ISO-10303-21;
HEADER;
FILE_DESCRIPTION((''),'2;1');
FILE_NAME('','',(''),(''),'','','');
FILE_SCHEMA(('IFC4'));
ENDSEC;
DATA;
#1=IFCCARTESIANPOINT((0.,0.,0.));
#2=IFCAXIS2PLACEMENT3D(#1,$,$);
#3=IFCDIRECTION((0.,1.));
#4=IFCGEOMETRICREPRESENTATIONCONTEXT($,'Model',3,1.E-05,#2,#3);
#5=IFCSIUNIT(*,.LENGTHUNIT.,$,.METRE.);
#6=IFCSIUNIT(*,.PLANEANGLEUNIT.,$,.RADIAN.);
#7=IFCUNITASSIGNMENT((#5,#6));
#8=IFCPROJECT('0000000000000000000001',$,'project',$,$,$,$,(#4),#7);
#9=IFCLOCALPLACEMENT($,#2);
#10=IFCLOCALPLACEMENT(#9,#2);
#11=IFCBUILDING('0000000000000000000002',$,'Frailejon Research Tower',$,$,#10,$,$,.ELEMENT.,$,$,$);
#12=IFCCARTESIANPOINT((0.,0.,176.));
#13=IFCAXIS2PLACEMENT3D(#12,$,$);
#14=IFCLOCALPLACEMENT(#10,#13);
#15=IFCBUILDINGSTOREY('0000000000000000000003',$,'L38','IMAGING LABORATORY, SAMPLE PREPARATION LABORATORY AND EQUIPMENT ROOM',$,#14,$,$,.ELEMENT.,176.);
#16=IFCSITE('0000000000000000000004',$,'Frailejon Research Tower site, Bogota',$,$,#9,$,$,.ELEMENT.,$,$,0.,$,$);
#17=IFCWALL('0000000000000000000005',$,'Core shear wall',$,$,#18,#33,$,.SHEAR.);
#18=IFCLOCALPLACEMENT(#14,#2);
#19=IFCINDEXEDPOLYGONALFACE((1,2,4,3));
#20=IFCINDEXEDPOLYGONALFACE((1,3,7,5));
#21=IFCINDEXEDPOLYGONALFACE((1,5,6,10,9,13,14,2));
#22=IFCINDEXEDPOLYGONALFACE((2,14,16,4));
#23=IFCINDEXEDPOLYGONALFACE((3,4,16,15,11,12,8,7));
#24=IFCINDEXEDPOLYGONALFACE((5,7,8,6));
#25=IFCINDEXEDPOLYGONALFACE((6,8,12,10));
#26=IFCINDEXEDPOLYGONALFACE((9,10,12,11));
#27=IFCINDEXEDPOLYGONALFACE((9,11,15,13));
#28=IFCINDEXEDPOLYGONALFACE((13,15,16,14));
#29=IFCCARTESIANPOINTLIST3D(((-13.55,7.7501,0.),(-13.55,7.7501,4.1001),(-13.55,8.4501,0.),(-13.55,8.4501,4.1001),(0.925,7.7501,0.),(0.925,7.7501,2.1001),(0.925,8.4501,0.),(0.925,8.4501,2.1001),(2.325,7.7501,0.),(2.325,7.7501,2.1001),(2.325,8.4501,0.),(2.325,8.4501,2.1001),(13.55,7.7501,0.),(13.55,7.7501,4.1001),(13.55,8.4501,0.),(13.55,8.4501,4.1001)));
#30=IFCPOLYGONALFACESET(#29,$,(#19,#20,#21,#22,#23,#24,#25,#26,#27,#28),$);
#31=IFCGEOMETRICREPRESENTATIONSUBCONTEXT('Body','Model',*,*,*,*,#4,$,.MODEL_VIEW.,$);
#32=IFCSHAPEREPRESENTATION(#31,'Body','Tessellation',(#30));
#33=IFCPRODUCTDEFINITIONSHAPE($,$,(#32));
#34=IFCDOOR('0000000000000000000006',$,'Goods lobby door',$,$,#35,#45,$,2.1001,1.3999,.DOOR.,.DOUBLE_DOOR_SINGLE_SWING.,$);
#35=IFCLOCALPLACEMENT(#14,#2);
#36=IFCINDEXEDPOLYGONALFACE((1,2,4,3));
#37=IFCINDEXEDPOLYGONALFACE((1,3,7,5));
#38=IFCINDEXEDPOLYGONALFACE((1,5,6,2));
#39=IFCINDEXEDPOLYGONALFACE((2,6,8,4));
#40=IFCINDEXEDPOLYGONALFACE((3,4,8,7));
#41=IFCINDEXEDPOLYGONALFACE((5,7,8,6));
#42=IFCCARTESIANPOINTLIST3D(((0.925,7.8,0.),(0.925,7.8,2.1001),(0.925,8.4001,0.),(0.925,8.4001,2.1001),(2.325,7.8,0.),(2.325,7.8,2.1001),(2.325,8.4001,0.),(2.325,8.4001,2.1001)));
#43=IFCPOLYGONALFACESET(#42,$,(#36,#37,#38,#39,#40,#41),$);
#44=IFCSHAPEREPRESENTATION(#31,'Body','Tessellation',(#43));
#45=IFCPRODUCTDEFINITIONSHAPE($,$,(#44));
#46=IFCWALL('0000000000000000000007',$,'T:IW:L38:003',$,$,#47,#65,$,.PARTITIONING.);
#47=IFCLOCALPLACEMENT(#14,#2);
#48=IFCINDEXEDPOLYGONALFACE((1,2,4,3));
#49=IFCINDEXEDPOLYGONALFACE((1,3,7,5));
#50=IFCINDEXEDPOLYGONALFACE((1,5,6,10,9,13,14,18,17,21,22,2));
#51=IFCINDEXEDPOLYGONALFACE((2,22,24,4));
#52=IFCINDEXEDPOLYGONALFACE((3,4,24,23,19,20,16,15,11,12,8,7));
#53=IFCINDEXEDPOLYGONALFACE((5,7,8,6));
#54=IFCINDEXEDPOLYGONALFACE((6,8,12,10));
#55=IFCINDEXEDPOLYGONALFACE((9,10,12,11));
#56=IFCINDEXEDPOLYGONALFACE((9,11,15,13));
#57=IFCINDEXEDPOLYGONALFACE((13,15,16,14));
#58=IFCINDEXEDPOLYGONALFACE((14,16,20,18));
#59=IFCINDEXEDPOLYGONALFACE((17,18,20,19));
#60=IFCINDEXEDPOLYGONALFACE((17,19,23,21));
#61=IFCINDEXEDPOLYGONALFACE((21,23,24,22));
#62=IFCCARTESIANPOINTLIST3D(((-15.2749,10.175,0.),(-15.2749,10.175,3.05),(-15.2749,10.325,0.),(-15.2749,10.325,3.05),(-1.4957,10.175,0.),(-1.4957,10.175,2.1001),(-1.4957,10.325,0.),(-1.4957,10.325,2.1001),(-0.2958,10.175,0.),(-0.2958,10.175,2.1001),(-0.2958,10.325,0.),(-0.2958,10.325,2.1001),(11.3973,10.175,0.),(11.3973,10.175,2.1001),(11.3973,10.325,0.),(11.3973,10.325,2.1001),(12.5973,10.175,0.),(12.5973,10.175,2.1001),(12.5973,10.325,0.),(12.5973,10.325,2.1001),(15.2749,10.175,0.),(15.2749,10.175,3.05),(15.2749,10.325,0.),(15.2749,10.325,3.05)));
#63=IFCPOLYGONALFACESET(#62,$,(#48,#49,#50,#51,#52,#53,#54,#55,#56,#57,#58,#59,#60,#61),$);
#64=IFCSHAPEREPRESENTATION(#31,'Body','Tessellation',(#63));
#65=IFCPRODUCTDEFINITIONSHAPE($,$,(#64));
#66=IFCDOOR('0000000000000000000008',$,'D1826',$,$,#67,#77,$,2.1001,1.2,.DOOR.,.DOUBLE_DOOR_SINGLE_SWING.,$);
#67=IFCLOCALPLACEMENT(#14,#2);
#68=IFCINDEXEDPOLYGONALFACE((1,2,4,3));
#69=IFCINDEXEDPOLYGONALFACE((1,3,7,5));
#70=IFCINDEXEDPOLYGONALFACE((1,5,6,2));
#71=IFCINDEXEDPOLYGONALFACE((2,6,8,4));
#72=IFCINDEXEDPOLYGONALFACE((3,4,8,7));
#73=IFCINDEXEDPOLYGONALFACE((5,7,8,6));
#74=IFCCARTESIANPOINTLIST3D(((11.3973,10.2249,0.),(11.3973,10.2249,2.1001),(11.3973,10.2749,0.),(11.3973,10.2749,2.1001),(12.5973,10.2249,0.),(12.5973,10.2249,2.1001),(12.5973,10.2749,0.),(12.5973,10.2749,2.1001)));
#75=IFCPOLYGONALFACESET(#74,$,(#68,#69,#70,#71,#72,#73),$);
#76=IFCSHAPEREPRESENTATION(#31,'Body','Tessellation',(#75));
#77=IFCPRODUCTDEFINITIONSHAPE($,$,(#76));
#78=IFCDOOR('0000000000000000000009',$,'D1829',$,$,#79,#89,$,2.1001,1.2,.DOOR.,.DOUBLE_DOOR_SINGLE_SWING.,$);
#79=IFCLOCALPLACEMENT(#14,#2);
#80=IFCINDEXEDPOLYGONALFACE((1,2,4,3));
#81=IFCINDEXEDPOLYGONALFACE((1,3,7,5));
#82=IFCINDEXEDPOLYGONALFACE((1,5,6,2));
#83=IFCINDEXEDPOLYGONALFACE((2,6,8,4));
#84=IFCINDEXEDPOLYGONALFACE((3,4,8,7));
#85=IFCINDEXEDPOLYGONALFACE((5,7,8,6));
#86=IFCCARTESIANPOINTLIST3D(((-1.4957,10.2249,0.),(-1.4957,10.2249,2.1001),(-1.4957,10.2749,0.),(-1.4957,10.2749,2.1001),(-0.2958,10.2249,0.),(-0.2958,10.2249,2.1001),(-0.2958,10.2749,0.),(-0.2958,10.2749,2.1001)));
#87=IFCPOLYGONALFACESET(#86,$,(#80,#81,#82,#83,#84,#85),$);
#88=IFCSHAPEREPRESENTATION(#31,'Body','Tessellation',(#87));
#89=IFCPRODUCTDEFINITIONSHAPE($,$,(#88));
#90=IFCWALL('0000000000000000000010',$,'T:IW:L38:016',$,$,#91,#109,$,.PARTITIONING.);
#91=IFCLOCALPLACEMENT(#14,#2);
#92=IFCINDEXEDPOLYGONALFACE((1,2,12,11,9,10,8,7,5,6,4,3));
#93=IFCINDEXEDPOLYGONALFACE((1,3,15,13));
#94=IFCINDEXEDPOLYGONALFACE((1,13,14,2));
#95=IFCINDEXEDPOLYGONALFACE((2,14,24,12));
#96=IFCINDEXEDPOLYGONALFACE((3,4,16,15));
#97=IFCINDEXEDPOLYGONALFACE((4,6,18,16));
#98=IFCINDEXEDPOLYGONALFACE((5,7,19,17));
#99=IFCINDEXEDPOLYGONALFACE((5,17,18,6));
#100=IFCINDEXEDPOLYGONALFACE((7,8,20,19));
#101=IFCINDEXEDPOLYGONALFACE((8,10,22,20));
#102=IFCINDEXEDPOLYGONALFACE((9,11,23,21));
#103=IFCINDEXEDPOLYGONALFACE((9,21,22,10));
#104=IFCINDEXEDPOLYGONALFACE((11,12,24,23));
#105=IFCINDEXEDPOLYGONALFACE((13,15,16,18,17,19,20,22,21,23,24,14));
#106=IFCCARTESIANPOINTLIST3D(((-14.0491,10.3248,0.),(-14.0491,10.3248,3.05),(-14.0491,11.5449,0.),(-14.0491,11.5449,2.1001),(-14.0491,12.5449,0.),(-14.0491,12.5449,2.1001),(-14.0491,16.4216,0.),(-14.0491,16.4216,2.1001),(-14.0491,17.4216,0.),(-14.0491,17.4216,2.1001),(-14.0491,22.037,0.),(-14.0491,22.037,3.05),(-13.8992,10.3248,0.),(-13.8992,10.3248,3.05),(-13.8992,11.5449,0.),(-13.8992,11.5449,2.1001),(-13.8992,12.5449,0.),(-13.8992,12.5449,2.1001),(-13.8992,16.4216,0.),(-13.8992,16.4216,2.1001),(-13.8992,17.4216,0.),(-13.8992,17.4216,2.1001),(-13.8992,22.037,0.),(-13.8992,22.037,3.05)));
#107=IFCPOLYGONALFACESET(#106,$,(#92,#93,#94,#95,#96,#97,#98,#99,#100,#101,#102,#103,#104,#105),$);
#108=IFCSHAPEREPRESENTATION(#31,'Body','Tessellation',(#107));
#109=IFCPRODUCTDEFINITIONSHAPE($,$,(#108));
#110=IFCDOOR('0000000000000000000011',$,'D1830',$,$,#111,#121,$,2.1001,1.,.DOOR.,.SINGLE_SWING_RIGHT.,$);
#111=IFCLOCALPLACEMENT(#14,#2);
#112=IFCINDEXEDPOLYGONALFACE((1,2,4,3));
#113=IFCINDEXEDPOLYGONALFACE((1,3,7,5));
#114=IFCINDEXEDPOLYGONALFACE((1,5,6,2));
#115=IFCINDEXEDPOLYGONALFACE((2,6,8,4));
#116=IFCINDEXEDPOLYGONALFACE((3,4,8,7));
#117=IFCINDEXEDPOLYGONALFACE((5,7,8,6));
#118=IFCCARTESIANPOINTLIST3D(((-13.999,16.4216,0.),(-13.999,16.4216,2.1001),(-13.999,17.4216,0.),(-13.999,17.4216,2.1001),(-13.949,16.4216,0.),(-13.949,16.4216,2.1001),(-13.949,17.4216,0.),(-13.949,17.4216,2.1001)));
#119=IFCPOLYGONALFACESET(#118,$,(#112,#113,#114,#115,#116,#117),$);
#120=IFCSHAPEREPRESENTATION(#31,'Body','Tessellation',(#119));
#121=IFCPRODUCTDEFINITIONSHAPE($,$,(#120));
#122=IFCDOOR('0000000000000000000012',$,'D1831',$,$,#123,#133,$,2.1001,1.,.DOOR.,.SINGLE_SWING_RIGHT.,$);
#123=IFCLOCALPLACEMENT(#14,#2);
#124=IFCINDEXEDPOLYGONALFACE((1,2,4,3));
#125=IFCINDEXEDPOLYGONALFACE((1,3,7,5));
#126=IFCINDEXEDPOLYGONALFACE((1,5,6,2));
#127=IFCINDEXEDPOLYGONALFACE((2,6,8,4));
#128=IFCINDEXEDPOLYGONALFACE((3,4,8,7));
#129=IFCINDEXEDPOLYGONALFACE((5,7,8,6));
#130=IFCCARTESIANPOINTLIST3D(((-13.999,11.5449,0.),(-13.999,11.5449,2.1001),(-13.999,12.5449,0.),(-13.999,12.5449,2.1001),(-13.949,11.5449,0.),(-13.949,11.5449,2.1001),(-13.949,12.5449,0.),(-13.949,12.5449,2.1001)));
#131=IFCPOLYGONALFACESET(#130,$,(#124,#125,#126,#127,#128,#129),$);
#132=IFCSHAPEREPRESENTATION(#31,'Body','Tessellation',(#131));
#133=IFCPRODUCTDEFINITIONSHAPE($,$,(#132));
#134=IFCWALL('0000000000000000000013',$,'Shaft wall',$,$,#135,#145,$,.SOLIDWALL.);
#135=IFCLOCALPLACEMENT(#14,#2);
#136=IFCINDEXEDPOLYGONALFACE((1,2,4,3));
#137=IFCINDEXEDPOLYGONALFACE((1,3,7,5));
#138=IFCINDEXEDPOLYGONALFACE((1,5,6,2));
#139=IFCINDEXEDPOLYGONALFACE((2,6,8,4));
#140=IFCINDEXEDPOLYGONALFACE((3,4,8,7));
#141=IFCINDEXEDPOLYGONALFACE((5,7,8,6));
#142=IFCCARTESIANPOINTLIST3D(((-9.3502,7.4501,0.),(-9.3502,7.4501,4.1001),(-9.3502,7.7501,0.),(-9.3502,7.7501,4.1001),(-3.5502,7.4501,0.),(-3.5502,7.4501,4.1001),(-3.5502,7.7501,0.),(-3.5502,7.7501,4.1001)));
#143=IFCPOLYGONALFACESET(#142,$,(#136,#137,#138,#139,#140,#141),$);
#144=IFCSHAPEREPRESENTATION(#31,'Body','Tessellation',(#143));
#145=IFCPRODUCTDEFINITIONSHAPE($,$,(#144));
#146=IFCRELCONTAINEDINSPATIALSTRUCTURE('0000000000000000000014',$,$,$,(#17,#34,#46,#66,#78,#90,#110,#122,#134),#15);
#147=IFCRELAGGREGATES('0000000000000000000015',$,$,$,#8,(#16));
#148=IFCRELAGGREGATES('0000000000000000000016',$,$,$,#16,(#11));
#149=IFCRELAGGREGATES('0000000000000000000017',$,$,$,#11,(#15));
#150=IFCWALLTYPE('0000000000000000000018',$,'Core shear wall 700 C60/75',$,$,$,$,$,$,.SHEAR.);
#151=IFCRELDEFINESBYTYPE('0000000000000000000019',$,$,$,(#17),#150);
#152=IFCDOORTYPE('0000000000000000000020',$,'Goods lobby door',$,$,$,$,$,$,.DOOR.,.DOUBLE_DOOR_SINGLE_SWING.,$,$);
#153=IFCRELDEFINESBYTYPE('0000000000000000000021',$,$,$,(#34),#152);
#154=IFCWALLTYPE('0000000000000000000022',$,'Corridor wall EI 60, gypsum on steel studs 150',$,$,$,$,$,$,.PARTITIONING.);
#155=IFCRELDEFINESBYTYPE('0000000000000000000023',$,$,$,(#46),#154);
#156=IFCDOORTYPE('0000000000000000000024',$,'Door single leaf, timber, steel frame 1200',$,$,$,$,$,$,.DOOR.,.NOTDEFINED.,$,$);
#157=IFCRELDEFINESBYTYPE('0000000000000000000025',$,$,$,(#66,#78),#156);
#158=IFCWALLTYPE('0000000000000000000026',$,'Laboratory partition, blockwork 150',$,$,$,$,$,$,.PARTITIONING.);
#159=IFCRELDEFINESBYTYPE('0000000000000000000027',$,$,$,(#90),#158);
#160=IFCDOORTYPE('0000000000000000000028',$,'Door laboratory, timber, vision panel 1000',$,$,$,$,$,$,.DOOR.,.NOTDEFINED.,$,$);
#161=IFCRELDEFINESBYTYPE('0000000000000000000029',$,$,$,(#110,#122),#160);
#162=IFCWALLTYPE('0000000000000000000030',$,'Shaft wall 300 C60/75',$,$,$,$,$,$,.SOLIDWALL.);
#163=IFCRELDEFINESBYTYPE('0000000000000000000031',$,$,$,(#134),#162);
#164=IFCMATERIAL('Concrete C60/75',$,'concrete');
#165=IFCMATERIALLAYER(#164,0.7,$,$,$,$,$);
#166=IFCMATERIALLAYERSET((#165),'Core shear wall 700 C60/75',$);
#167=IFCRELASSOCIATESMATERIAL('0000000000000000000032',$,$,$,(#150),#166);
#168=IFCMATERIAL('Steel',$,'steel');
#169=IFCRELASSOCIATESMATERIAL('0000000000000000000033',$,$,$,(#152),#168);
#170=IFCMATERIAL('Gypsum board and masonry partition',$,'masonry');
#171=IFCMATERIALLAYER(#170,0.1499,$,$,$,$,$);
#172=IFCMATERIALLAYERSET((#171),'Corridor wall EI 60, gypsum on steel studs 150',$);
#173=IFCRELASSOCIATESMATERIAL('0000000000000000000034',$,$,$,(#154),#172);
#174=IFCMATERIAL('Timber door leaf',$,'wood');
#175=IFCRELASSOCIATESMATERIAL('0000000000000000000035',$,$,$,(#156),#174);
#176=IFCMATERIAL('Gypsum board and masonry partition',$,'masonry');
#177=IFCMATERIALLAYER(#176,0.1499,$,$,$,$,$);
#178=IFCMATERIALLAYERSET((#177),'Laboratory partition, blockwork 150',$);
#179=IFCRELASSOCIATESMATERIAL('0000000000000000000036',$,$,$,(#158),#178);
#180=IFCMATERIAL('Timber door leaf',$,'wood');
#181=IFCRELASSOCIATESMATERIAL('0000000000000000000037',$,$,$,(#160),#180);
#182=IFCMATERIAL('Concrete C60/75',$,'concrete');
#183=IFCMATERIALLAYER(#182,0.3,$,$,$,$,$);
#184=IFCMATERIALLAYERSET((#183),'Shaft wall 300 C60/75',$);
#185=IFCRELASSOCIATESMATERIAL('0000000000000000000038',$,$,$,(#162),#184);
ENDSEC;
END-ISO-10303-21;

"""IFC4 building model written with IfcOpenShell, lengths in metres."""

from ifc_helpers import new_model, si_unit, direction, frame, frame_2d, origin, place, context, subcontext, project, spatial, rectangle, extrude, material, layer, layer_set, type_object, element, fill, save


model = new_model("IFC4")

# Units and contexts
model_context = context("Model", 3, precision=1e-05, world=origin(), true_north=direction((0.0, 1.0)))
body_context = subcontext(model_context, "Body", "Model", "MODEL_VIEW")
ifc_project = project(units=[si_unit("LENGTHUNIT", "METRE"), si_unit("PLANEANGLEUNIT", "RADIAN")], contexts=[model_context])

# Site, building, storey
site_placement = place(None, origin())
site = spatial("IfcSite", under=ifc_project, at=site_placement, Name="Frailejon Research Tower site, Bogota", CompositionType="ELEMENT", RefElevation=0.0)
building_placement = place(site_placement, origin())
building = spatial("IfcBuilding", under=site, at=building_placement, Name="Frailejon Research Tower", CompositionType="ELEMENT")
storey_placement = place(building_placement, frame((0.0, 0.0, 176.0)))
storey = spatial("IfcBuildingStorey", under=building, at=storey_placement, Name="L38", Description="IMAGING LABORATORY, SAMPLE PREPARATION LABORATORY AND EQUIPMENT ROOM", CompositionType="ELEMENT", Elevation=176.0)

# Wall, opening, door
ifc_material_1 = material(Name="Concrete C60/75", Category="concrete")
ifc_layer_1 = layer(ifc_material_1, 0.7)
ifc_layer_set_1 = layer_set([ifc_layer_1], Name="Core shear wall 700 C60/75")
wall_type_1 = type_object("IfcWallType", Name="Core shear wall 700 C60/75", PredefinedType="SHEAR", material=ifc_layer_set_1)
wall_1_placement = place(storey_placement, frame((-13.55, 8.1001, 0.0), z_axis=(0.0, 0.0, 1.0), x_axis=(1.0, 0.0, 0.0)))
wall_1 = element("IfcWall", 1, at=wall_1_placement, inside=storey, type_object=wall_type_1, Name="Core shear wall", PredefinedType="SHEAR", context=body_context, shape_type="SweptSolid", body=[
    extrude(rectangle(XDim=27.1001, YDim=0.7, at=frame_2d((13.55, 0.0))), origin(), (0.0, 0.0, 1.0), 4.1001),
])
opening_1_placement = place(wall_1_placement, frame((14.4751, 0.0, 0.0)))
opening_1 = element("IfcOpeningElement", 2, at=opening_1_placement, cuts=wall_1, PredefinedType="OPENING", context=body_context, shape_type="SweptSolid", body=[
    extrude(rectangle(XDim=1.3999, YDim=2.1001, at=frame_2d((0.7, 1.05))), frame((0.0, 0.3599, 0.0), z_axis=(0.0, -1.0, 0.0), x_axis=(1.0, 0.0, 0.0)), (0.0, 0.0, 1.0), 0.72),
])
ifc_material_2 = material(Name="Steel", Category="steel")
door_type_1 = type_object("IfcDoorType", Name="Goods lobby door", OperationType="DOUBLE_DOOR_SINGLE_SWING", PredefinedType="DOOR", material=ifc_material_2)
door_1_placement = place(opening_1_placement, origin())
door_1 = element("IfcDoor", 3, at=door_1_placement, inside=storey, type_object=door_type_1, Name="Goods lobby door", OperationType="DOUBLE_DOOR_SINGLE_SWING", OverallHeight=2.1001, OverallWidth=1.3999, PredefinedType="DOOR", context=body_context, shape_type="SweptSolid", body=[
    extrude(rectangle(XDim=1.3999, YDim=2.1001, at=frame_2d((0.7, 1.05))), frame((0.0, 0.3, 0.0), z_axis=(0.0, -1.0, 0.0), x_axis=(1.0, 0.0, 0.0)), (0.0, 0.0, 1.0), 0.6001),
])
fill(opening_1, door_1)

# Walls, openings, doors
ifc_material_3 = material(Name="Gypsum board and masonry partition", Category="masonry")
ifc_layer_2 = layer(ifc_material_3, 0.1499)
ifc_layer_set_2 = layer_set([ifc_layer_2], Name="Corridor wall EI 60, gypsum on steel studs 150")
wall_type_2 = type_object("IfcWallType", Name="Corridor wall EI 60, gypsum on steel studs 150", PredefinedType="PARTITIONING", material=ifc_layer_set_2)
wall_2_placement = place(storey_placement, frame((-15.2749, 10.25, 0.0), z_axis=(0.0, 0.0, 1.0), x_axis=(1.0, 0.0, 0.0)))
wall_2 = element("IfcWall", 4, at=wall_2_placement, inside=storey, type_object=wall_type_2, Name="T:IW:L38:003", PredefinedType="PARTITIONING", context=body_context, shape_type="SweptSolid", body=[
    extrude(rectangle(XDim=30.5498, YDim=0.1499, at=frame_2d((15.2749, 0.0))), origin(), (0.0, 0.0, 1.0), 3.05),
])
opening_2_placement = place(wall_2_placement, frame((26.6721, 0.0, 0.0)))
opening_2 = element("IfcOpeningElement", 5, at=opening_2_placement, cuts=wall_2, PredefinedType="OPENING", context=body_context, shape_type="SweptSolid", body=[
    extrude(rectangle(XDim=1.2, YDim=2.1001, at=frame_2d((0.6001, 1.05))), frame((0.0, 0.085, 0.0), z_axis=(0.0, -1.0, 0.0), x_axis=(1.0, 0.0, 0.0)), (0.0, 0.0, 1.0), 0.1699),
])
opening_3_placement = place(wall_2_placement, frame((13.7791, 0.0, 0.0)))
opening_3 = element("IfcOpeningElement", 6, at=opening_3_placement, cuts=wall_2, PredefinedType="OPENING", context=body_context, shape_type="SweptSolid", body=[
    extrude(rectangle(XDim=1.2, YDim=2.1001, at=frame_2d((0.6001, 1.05))), frame((0.0, 0.085, 0.0), z_axis=(0.0, -1.0, 0.0), x_axis=(1.0, 0.0, 0.0)), (0.0, 0.0, 1.0), 0.1699),
])
ifc_material_4 = material(Name="Timber door leaf", Category="wood")
door_type_2 = type_object("IfcDoorType", Name="Door single leaf, timber, steel frame 1200", OperationType="NOTDEFINED", PredefinedType="DOOR", material=ifc_material_4)
door_2_placement = place(opening_2_placement, origin())
door_2 = element("IfcDoor", 7, at=door_2_placement, inside=storey, type_object=door_type_2, Name="D1826", OperationType="DOUBLE_DOOR_SINGLE_SWING", OverallHeight=2.1001, OverallWidth=1.2, PredefinedType="DOOR", context=body_context, shape_type="SweptSolid", body=[
    extrude(rectangle(XDim=1.2, YDim=2.1001, at=frame_2d((0.6001, 1.05))), frame((0.0, 0.0249, 0.0), z_axis=(0.0, -1.0, 0.0), x_axis=(1.0, 0.0, 0.0)), (0.0, 0.0, 1.0), 0.05),
])
fill(opening_2, door_2)
door_3_placement = place(opening_3_placement, origin())
door_3 = element("IfcDoor", 8, at=door_3_placement, inside=storey, type_object=door_type_2, Name="D1829", OperationType="DOUBLE_DOOR_SINGLE_SWING", OverallHeight=2.1001, OverallWidth=1.2, PredefinedType="DOOR", context=body_context, shape_type="SweptSolid", body=[
    extrude(rectangle(XDim=1.2, YDim=2.1001, at=frame_2d((0.6001, 1.05))), frame((0.0, 0.0249, 0.0), z_axis=(0.0, -1.0, 0.0), x_axis=(1.0, 0.0, 0.0)), (0.0, 0.0, 1.0), 0.05),
])
fill(opening_3, door_3)
ifc_material_5 = material(Name="Gypsum board and masonry partition", Category="masonry")
ifc_layer_3 = layer(ifc_material_5, 0.1499)
ifc_layer_set_3 = layer_set([ifc_layer_3], Name="Laboratory partition, blockwork 150")
wall_type_3 = type_object("IfcWallType", Name="Laboratory partition, blockwork 150", PredefinedType="PARTITIONING", material=ifc_layer_set_3)
wall_3_placement = place(storey_placement, frame((-13.9741, 10.325, 0.0), z_axis=(0.0, 0.0, 1.0), x_axis=(0.0, 1.0, 0.0)))
wall_3 = element("IfcWall", 9, at=wall_3_placement, inside=storey, type_object=wall_type_3, Name="T:IW:L38:016", PredefinedType="PARTITIONING", context=body_context, shape_type="SweptSolid", body=[
    extrude(rectangle(XDim=11.7122, YDim=0.1499, at=frame_2d((5.856, 0.0))), origin(), (0.0, 0.0, 1.0), 3.05),
])
opening_4_placement = place(wall_3_placement, frame((6.0967, 0.0, 0.0)))
opening_4 = element("IfcOpeningElement", 10, at=opening_4_placement, cuts=wall_3, PredefinedType="OPENING", context=body_context, shape_type="SweptSolid", body=[
    extrude(rectangle(XDim=1.0, YDim=2.1001, at=frame_2d((0.5, 1.05))), frame((0.0, 0.085, 0.0), z_axis=(0.0, -1.0, 0.0), x_axis=(1.0, 0.0, 0.0)), (0.0, 0.0, 1.0), 0.1699),
])
opening_5_placement = place(wall_3_placement, frame((1.22, 0.0, 0.0)))
opening_5 = element("IfcOpeningElement", 11, at=opening_5_placement, cuts=wall_3, PredefinedType="OPENING", context=body_context, shape_type="SweptSolid", body=[
    extrude(rectangle(XDim=1.0, YDim=2.1001, at=frame_2d((0.5, 1.05))), frame((0.0, 0.085, 0.0), z_axis=(0.0, -1.0, 0.0), x_axis=(1.0, 0.0, 0.0)), (0.0, 0.0, 1.0), 0.1699),
])
ifc_material_6 = material(Name="Timber door leaf", Category="wood")
door_type_3 = type_object("IfcDoorType", Name="Door laboratory, timber, vision panel 1000", OperationType="NOTDEFINED", PredefinedType="DOOR", material=ifc_material_6)
door_4_placement = place(opening_4_placement, origin())
door_4 = element("IfcDoor", 12, at=door_4_placement, inside=storey, type_object=door_type_3, Name="D1830", OperationType="SINGLE_SWING_RIGHT", OverallHeight=2.1001, OverallWidth=1.0, PredefinedType="DOOR", context=body_context, shape_type="SweptSolid", body=[
    extrude(rectangle(XDim=1.0, YDim=2.1001, at=frame_2d((0.5, 1.05))), frame((0.0, 0.0249, 0.0), z_axis=(0.0, -1.0, 0.0), x_axis=(1.0, 0.0, 0.0)), (0.0, 0.0, 1.0), 0.05),
])
fill(opening_4, door_4)
door_5_placement = place(opening_5_placement, origin())
door_5 = element("IfcDoor", 13, at=door_5_placement, inside=storey, type_object=door_type_3, Name="D1831", OperationType="SINGLE_SWING_RIGHT", OverallHeight=2.1001, OverallWidth=1.0, PredefinedType="DOOR", context=body_context, shape_type="SweptSolid", body=[
    extrude(rectangle(XDim=1.0, YDim=2.1001, at=frame_2d((0.5, 1.05))), frame((0.0, 0.0249, 0.0), z_axis=(0.0, -1.0, 0.0), x_axis=(1.0, 0.0, 0.0)), (0.0, 0.0, 1.0), 0.05),
])
fill(opening_5, door_5)

# Wall
ifc_material_7 = material(Name="Concrete C60/75", Category="concrete")
ifc_layer_4 = layer(ifc_material_7, 0.3)
ifc_layer_set_4 = layer_set([ifc_layer_4], Name="Shaft wall 300 C60/75")
wall_type_4 = type_object("IfcWallType", Name="Shaft wall 300 C60/75", PredefinedType="SOLIDWALL", material=ifc_layer_set_4)
wall_4_placement = place(storey_placement, frame((-9.3501, 7.6001, 0.0), z_axis=(0.0, 0.0, 1.0), x_axis=(1.0, 0.0, 0.0)))
element("IfcWall", 14, at=wall_4_placement, inside=storey, type_object=wall_type_4, Name="Shaft wall", PredefinedType="SOLIDWALL", context=body_context, shape_type="SweptSolid", body=[
    extrude(rectangle(XDim=5.8, YDim=0.3, at=frame_2d((2.8999, 0.0))), origin(), (0.0, 0.0, 1.0), 4.1001),
])

save(model, "model.ifc")
